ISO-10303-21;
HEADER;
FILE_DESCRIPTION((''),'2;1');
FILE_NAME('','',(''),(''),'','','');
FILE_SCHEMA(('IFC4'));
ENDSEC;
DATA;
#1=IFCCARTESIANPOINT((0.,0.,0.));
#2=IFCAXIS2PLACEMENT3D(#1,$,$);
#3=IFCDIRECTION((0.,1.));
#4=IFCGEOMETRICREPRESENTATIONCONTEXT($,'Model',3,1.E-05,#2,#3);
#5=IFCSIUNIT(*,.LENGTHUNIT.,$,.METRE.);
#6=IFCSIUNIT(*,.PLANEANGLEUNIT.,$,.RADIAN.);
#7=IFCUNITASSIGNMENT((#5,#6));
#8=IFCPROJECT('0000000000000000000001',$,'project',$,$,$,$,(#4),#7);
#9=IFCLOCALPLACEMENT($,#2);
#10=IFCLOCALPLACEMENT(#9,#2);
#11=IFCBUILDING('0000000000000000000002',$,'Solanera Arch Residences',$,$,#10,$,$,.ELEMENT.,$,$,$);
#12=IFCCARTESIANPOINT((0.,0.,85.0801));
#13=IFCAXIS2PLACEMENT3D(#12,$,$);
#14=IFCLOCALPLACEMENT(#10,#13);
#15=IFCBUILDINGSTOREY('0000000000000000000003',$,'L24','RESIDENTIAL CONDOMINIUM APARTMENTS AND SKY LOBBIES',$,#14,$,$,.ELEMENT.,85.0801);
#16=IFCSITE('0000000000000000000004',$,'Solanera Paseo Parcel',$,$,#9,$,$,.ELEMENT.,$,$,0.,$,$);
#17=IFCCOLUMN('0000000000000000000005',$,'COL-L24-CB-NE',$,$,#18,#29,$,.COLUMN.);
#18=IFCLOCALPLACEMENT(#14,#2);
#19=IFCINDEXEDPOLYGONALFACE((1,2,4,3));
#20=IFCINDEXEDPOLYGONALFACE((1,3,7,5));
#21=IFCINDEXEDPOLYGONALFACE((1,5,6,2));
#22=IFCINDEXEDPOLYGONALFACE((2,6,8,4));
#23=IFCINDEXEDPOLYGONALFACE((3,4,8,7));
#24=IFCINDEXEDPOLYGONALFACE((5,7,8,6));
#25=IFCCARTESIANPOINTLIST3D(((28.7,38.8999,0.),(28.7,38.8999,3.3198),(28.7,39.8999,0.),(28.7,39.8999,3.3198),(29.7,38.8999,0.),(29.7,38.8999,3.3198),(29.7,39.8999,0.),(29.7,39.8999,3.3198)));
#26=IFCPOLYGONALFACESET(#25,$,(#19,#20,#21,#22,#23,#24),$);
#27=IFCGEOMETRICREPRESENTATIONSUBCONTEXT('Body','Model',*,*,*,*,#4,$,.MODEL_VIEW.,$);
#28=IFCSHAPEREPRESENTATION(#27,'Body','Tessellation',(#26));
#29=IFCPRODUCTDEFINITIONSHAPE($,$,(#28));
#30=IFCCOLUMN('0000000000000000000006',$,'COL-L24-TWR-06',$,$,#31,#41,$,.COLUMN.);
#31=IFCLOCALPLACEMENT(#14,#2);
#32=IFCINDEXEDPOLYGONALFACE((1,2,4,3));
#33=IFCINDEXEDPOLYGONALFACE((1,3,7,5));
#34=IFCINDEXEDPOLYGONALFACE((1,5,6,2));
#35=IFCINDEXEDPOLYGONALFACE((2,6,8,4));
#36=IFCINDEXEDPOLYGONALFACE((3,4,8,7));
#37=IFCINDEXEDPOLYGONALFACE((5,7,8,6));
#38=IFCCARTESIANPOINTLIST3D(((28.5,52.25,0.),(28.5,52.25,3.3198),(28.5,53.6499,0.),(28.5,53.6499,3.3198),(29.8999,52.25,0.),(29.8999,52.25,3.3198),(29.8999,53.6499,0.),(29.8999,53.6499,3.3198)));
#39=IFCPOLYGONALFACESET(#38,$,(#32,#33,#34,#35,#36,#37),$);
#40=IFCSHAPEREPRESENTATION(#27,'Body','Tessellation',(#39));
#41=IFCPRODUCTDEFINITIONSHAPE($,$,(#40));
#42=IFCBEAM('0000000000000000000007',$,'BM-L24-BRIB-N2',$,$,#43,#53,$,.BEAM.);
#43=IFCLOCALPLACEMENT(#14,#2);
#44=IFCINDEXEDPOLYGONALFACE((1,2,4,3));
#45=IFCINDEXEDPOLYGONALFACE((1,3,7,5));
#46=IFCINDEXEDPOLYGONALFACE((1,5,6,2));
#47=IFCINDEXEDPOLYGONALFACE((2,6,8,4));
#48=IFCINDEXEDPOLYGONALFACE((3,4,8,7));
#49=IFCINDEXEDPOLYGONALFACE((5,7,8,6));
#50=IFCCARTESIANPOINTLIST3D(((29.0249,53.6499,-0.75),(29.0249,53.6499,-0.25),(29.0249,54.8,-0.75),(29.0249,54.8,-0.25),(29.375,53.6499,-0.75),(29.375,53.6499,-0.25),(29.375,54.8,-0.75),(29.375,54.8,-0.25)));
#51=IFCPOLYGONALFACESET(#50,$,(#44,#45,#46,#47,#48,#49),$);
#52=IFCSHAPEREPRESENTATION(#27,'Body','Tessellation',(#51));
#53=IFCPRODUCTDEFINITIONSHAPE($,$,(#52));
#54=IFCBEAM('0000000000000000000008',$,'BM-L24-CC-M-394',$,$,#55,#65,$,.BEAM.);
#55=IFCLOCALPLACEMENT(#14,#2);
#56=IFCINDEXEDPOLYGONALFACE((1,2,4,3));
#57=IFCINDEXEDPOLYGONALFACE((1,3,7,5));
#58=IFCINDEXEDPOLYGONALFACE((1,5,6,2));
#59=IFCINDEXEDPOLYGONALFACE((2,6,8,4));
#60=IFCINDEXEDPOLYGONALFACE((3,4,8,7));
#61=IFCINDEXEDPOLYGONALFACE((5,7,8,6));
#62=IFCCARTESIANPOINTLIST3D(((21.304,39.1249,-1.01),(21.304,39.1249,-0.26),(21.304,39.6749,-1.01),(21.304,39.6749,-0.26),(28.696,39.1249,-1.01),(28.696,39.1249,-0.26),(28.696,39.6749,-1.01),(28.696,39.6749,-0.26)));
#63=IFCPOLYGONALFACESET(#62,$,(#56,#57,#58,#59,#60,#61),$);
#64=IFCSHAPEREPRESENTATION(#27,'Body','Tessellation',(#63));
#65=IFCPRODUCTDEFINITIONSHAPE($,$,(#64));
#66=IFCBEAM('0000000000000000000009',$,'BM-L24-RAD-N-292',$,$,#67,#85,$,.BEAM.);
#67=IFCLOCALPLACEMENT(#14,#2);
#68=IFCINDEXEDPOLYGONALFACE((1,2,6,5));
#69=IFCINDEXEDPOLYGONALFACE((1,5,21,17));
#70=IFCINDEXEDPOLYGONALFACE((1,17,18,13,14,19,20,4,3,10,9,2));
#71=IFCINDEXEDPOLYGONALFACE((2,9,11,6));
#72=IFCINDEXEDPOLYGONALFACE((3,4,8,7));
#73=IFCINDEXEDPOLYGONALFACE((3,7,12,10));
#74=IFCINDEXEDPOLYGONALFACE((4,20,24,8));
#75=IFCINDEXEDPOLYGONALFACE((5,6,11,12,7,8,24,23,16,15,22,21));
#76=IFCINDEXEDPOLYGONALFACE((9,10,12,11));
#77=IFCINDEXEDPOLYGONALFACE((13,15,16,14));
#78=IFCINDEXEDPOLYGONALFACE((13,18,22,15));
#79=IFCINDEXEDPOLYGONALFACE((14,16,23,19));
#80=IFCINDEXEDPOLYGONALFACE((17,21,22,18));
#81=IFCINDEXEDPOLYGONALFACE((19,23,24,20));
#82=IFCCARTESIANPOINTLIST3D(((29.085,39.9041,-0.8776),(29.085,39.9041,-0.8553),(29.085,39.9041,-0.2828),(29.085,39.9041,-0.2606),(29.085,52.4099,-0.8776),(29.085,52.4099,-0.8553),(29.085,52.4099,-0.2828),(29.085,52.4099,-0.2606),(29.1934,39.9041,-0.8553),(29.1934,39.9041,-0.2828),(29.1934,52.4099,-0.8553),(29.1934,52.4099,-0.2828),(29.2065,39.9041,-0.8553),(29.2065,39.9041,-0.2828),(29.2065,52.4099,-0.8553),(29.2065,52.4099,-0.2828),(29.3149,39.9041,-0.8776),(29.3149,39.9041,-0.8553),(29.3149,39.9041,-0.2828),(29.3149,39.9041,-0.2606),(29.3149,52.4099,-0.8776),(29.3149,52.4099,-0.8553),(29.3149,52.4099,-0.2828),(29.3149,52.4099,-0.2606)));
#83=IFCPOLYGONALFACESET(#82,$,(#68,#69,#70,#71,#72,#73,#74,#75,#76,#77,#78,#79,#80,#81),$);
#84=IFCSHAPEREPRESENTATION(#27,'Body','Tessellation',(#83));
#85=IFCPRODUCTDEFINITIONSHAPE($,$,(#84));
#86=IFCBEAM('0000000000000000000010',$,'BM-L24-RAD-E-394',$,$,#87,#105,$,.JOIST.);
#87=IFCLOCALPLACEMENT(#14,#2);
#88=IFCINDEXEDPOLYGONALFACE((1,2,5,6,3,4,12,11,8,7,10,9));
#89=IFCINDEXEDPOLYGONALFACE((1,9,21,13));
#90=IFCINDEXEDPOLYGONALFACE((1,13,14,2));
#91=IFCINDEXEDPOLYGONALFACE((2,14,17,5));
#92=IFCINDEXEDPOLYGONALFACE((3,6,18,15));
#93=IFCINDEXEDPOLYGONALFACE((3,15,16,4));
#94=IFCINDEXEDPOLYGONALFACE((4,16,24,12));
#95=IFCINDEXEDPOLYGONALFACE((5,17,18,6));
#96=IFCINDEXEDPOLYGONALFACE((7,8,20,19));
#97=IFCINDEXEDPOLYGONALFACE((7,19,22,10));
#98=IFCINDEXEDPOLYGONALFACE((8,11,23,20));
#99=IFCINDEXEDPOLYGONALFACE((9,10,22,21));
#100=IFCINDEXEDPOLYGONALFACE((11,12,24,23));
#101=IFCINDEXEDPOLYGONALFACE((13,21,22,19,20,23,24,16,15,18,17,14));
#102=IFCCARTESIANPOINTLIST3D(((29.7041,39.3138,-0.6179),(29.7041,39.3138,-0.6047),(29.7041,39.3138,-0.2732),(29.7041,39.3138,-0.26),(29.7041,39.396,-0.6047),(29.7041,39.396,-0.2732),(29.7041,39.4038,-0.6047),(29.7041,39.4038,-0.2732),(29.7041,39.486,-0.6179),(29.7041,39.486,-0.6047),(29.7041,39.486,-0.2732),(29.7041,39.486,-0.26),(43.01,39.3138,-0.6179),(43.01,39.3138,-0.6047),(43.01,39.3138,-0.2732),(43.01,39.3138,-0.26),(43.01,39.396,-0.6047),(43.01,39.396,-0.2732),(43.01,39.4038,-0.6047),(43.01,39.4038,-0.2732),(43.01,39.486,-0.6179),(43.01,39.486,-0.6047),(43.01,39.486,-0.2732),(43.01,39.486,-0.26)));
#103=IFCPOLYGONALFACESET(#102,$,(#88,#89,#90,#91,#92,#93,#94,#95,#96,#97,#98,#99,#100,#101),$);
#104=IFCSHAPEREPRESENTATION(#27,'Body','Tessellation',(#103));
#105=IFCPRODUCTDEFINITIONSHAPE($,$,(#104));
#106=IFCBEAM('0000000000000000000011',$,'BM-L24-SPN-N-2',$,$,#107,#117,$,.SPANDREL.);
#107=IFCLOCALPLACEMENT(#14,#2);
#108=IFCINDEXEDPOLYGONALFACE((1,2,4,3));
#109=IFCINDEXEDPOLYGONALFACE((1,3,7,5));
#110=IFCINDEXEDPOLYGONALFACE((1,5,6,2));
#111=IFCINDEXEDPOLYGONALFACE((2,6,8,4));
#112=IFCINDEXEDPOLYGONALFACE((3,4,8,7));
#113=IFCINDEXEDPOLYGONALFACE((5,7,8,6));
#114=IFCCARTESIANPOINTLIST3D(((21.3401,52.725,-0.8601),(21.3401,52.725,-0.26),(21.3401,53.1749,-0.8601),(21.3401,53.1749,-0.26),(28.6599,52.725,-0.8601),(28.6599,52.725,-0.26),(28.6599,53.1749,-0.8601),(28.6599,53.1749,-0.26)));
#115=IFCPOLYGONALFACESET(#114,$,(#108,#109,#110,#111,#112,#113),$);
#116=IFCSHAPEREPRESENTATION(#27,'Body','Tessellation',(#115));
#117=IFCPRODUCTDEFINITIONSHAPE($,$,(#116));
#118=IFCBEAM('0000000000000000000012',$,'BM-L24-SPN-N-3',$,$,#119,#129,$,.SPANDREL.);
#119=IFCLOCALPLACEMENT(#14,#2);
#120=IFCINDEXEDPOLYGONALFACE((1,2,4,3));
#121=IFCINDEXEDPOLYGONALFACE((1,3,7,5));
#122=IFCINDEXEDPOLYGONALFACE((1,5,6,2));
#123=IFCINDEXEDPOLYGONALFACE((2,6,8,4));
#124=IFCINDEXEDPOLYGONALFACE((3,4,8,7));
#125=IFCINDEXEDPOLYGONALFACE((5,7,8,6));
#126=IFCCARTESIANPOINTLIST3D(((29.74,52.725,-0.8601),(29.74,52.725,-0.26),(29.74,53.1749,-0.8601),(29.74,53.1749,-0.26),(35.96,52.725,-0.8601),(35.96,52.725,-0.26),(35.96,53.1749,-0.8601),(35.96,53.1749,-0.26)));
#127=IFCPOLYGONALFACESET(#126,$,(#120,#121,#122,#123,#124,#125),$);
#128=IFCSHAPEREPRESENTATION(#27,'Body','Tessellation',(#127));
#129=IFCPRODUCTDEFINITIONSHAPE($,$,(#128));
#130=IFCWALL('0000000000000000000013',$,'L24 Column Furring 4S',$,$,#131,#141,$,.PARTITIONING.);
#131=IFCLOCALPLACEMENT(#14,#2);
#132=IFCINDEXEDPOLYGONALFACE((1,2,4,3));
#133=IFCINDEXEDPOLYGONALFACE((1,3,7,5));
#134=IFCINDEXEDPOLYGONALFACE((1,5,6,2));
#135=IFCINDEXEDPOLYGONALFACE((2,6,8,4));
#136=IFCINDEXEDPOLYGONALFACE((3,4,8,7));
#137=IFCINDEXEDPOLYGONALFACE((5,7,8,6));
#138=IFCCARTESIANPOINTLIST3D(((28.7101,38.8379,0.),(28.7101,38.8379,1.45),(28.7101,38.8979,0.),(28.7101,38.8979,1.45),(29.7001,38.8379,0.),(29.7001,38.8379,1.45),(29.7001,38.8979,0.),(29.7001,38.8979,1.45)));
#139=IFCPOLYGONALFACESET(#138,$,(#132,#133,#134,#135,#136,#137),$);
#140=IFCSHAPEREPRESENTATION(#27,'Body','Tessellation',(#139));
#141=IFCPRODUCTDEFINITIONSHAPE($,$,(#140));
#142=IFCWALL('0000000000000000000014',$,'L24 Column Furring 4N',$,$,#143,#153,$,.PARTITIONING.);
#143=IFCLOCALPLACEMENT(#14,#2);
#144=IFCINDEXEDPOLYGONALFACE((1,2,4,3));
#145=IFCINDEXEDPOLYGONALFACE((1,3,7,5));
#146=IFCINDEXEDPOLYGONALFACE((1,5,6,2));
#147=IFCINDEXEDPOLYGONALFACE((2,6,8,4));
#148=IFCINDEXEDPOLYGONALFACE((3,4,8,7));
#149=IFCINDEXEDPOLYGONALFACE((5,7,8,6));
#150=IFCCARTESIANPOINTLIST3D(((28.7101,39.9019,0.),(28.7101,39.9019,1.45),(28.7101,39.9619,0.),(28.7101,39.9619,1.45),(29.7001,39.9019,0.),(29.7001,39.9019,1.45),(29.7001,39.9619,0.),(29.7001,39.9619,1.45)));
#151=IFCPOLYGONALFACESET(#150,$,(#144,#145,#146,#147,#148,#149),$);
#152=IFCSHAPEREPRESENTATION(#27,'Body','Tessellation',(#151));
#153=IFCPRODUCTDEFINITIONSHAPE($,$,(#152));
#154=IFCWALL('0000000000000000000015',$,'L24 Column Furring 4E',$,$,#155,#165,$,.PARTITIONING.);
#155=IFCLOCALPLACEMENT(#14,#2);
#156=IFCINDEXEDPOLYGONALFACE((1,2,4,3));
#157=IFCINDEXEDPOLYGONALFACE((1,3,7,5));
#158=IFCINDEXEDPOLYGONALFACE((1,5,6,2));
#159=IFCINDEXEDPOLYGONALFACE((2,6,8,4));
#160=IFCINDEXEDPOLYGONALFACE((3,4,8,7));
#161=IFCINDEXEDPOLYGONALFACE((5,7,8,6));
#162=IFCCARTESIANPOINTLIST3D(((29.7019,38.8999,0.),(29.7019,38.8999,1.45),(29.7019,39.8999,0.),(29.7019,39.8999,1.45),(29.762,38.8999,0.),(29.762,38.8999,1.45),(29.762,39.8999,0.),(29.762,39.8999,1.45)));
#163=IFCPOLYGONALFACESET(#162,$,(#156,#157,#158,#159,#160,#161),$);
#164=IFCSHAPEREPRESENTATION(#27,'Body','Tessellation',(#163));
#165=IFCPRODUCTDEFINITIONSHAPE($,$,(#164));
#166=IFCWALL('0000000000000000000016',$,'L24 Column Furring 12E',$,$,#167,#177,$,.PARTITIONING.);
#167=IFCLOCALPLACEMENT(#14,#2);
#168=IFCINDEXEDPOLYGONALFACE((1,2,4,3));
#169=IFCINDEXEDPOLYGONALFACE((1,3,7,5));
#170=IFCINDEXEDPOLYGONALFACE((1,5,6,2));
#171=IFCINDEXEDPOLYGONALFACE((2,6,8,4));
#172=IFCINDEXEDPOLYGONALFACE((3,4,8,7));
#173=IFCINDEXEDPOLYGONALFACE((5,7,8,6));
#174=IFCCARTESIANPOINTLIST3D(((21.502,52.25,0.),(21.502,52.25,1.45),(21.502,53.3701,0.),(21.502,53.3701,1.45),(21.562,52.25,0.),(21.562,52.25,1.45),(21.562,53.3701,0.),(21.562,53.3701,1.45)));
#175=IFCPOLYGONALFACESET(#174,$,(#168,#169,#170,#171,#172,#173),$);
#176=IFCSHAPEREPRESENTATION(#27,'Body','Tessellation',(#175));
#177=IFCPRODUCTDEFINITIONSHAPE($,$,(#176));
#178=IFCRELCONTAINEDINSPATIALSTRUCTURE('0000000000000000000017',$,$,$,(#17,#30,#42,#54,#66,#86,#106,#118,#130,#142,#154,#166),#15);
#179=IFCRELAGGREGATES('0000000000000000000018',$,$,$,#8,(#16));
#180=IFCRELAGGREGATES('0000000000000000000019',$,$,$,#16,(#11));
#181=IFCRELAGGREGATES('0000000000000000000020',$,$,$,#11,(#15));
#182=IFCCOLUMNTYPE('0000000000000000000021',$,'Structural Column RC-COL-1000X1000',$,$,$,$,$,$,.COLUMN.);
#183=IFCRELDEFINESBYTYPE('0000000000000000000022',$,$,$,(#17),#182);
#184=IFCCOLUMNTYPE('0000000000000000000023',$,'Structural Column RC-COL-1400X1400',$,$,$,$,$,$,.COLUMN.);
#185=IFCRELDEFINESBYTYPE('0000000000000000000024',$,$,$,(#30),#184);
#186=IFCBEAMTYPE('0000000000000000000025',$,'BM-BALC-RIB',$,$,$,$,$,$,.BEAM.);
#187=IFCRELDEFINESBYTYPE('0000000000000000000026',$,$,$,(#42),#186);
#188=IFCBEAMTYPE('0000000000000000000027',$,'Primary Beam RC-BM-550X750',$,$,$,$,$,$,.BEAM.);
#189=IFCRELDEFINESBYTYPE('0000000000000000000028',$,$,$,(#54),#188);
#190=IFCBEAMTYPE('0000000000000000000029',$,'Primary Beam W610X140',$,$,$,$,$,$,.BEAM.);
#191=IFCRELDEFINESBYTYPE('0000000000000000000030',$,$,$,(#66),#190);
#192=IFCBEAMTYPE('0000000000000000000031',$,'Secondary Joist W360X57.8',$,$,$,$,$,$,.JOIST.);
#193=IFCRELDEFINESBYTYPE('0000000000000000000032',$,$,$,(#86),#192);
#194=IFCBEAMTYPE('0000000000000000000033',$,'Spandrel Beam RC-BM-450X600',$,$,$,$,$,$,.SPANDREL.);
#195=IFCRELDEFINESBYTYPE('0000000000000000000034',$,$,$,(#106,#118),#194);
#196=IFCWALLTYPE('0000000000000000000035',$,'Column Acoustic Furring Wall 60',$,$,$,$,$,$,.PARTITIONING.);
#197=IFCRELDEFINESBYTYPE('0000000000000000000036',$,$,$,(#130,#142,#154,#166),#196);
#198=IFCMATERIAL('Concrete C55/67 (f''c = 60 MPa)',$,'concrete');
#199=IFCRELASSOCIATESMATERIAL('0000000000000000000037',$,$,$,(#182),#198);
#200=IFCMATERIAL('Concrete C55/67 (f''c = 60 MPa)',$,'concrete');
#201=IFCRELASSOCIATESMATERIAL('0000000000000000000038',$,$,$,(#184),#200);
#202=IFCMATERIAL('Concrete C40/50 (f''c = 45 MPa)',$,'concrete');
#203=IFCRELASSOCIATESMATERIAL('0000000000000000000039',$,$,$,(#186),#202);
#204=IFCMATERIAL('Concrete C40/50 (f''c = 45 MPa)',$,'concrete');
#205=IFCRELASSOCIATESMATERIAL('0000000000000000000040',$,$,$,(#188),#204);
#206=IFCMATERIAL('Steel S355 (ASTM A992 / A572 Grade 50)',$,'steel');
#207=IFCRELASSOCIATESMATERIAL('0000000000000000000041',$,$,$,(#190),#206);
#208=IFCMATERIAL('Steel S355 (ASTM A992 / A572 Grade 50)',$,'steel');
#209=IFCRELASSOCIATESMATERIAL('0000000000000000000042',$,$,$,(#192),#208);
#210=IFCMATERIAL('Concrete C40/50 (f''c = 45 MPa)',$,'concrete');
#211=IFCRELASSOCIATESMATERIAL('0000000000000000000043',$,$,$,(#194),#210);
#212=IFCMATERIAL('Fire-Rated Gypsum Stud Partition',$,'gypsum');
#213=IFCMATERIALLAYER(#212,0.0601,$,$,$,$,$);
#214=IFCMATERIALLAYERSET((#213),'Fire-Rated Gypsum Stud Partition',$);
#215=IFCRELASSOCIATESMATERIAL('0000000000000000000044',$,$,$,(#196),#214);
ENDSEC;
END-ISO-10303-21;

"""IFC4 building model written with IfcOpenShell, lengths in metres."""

from ifc_helpers import new_model, si_unit, direction, frame, frame_2d, origin, origin_2d, place, context, subcontext, project, spatial, rectangle, i_section, extrude, material, layer, layer_set, material_profile, profile_set, type_object, element, save


model = new_model("IFC4")

# Units and contexts
model_context = context("Model", 3, precision=1e-05, world=origin(), true_north=direction((0.0, 1.0)))
body_context = subcontext(model_context, "Body", "Model", "MODEL_VIEW")
ifc_project = project(units=[si_unit("LENGTHUNIT", "METRE"), si_unit("PLANEANGLEUNIT", "RADIAN")], contexts=[model_context])

# Site, building, storey
site_placement = place(None, origin())
site = spatial("IfcSite", under=ifc_project, at=site_placement, Name="Solanera Paseo Parcel", CompositionType="ELEMENT", RefElevation=0.0)
building_placement = place(site_placement, origin())
building = spatial("IfcBuilding", under=site, at=building_placement, Name="Solanera Arch Residences", CompositionType="ELEMENT")
storey_placement = place(building_placement, frame((0.0, 0.0, 85.0801)))
storey = spatial("IfcBuildingStorey", under=building, at=storey_placement, Name="L24", Description="RESIDENTIAL CONDOMINIUM APARTMENTS AND SKY LOBBIES", CompositionType="ELEMENT", Elevation=85.0801)

# Columns
ifc_material_1 = material(Name="Concrete C55/67 (f'c = 60 MPa)", Category="concrete")
ifc_material_profile_1 = material_profile(ifc_material_1, rectangle(XDim=1.0, YDim=1.0, at=origin_2d()))
ifc_profile_set_1 = profile_set([ifc_material_profile_1], Name="Concrete C55/67 (f'c = 60 MPa)")
column_type_1 = type_object("IfcColumnType", Name="Structural Column RC-COL-1000X1000", PredefinedType="COLUMN", material=ifc_profile_set_1)
column_1_placement = place(storey_placement, frame((29.2, 39.3999, 0.0), z_axis=(0.0, 0.0, 1.0), x_axis=(1.0, 0.0, 0.0)))
element("IfcColumn", 1, at=column_1_placement, inside=storey, type_object=column_type_1, Name="COL-L24-CB-NE", PredefinedType="COLUMN", context=body_context, shape_type="SweptSolid", body=[
    extrude(rectangle(XDim=1.0, YDim=1.0, at=origin_2d()), origin(), (0.0, 0.0, 1.0), 3.3198),
])
ifc_material_2 = material(Name="Concrete C55/67 (f'c = 60 MPa)", Category="concrete")
ifc_material_profile_2 = material_profile(ifc_material_2, rectangle(XDim=1.3999, YDim=1.3999, at=origin_2d()))
ifc_profile_set_2 = profile_set([ifc_material_profile_2], Name="Concrete C55/67 (f'c = 60 MPa)")
column_type_2 = type_object("IfcColumnType", Name="Structural Column RC-COL-1400X1400", PredefinedType="COLUMN", material=ifc_profile_set_2)
column_2_placement = place(storey_placement, frame((29.2, 52.95, 0.0), z_axis=(0.0, 0.0, 1.0), x_axis=(1.0, 0.0, 0.0)))
element("IfcColumn", 2, at=column_2_placement, inside=storey, type_object=column_type_2, Name="COL-L24-TWR-06", PredefinedType="COLUMN", context=body_context, shape_type="SweptSolid", body=[
    extrude(rectangle(XDim=1.3999, YDim=1.3999, at=origin_2d()), origin(), (0.0, 0.0, 1.0), 3.3198),
])

# Beams
ifc_material_3 = material(Name="Concrete C40/50 (f'c = 45 MPa)", Category="concrete")
ifc_material_profile_3 = material_profile(ifc_material_3, rectangle(XDim=0.3501, YDim=0.5, at=origin_2d()))
ifc_profile_set_3 = profile_set([ifc_material_profile_3], Name="Concrete C40/50 (f'c = 45 MPa)")
beam_type_1 = type_object("IfcBeamType", Name="BM-BALC-RIB", PredefinedType="BEAM", material=ifc_profile_set_3)
beam_1_placement = place(storey_placement, frame((29.2, 53.6499, -0.5), z_axis=(0.0, 1.0, 0.0), x_axis=(-1.0, 0.0, 0.0)))
element("IfcBeam", 3, at=beam_1_placement, inside=storey, type_object=beam_type_1, Name="BM-L24-BRIB-N2", PredefinedType="BEAM", context=body_context, shape_type="SweptSolid", body=[
    extrude(rectangle(XDim=0.3501, YDim=0.5, at=origin_2d()), origin(), (0.0, 0.0, 1.0), 1.1501),
])
ifc_material_4 = material(Name="Concrete C40/50 (f'c = 45 MPa)", Category="concrete")
ifc_material_profile_4 = material_profile(ifc_material_4, rectangle(XDim=0.55, YDim=0.75, at=origin_2d()))
ifc_profile_set_4 = profile_set([ifc_material_profile_4], Name="Concrete C40/50 (f'c = 45 MPa)")
beam_type_2 = type_object("IfcBeamType", Name="Primary Beam RC-BM-550X750", PredefinedType="BEAM", material=ifc_profile_set_4)
beam_2_placement = place(storey_placement, frame((21.304, 39.3999, -0.635), z_axis=(1.0, 0.0, 0.0), x_axis=(0.0, 1.0, 0.0)))
element("IfcBeam", 4, at=beam_2_placement, inside=storey, type_object=beam_type_2, Name="BM-L24-CC-M-394", PredefinedType="BEAM", context=body_context, shape_type="SweptSolid", body=[
    extrude(rectangle(XDim=0.55, YDim=0.75, at=origin_2d()), origin(), (0.0, 0.0, 1.0), 7.3921),
])
ifc_material_5 = material(Name="Steel S355 (ASTM A992 / A572 Grade 50)", Category="steel")
ifc_material_profile_5 = material_profile(ifc_material_5, i_section(OverallWidth=0.23, OverallDepth=0.6169, WebThickness=0.0132, FlangeThickness=0.0222, at=origin_2d()))
ifc_profile_set_5 = profile_set([ifc_material_profile_5], Name="Steel S355 (ASTM A992 / A572 Grade 50)")
beam_type_3 = type_object("IfcBeamType", Name="Primary Beam W610X140", PredefinedType="BEAM", material=ifc_profile_set_5)
beam_3_placement = place(storey_placement, frame((29.2, 39.9041, -0.5691), z_axis=(0.0, 1.0, 0.0), x_axis=(-1.0, 0.0, 0.0)))
element("IfcBeam", 5, at=beam_3_placement, inside=storey, type_object=beam_type_3, Name="BM-L24-RAD-N-292", PredefinedType="BEAM", context=body_context, shape_type="SweptSolid", body=[
    extrude(i_section(OverallWidth=0.23, OverallDepth=0.6169, WebThickness=0.0132, FlangeThickness=0.0222, at=origin_2d()), origin(), (0.0, 0.0, 1.0), 12.5059),
])
ifc_material_6 = material(Name="Steel S355 (ASTM A992 / A572 Grade 50)", Category="steel")
ifc_material_profile_6 = material_profile(ifc_material_6, i_section(OverallWidth=0.1721, OverallDepth=0.3579, WebThickness=0.0078, FlangeThickness=0.0132, at=origin_2d()))
ifc_profile_set_6 = profile_set([ifc_material_profile_6], Name="Steel S355 (ASTM A992 / A572 Grade 50)")
beam_type_4 = type_object("IfcBeamType", Name="Secondary Joist W360X57.8", PredefinedType="JOIST", material=ifc_profile_set_6)
beam_4_placement = place(storey_placement, frame((29.7041, 39.3999, -0.439), z_axis=(1.0, 0.0, 0.0), x_axis=(0.0, 1.0, 0.0)))
element("IfcBeam", 6, at=beam_4_placement, inside=storey, type_object=beam_type_4, Name="BM-L24-RAD-E-394", PredefinedType="JOIST", context=body_context, shape_type="SweptSolid", body=[
    extrude(i_section(OverallWidth=0.1721, OverallDepth=0.3579, WebThickness=0.0078, FlangeThickness=0.0132, at=origin_2d()), origin(), (0.0, 0.0, 1.0), 13.3059),
])
ifc_material_7 = material(Name="Concrete C40/50 (f'c = 45 MPa)", Category="concrete")
ifc_material_profile_7 = material_profile(ifc_material_7, rectangle(XDim=0.45, YDim=0.6001, at=origin_2d()))
ifc_profile_set_7 = profile_set([ifc_material_profile_7], Name="Concrete C40/50 (f'c = 45 MPa)")
beam_type_5 = type_object("IfcBeamType", Name="Spandrel Beam RC-BM-450X600", PredefinedType="SPANDREL", material=ifc_profile_set_7)
beam_5_placement = place(storey_placement, frame((21.3401, 52.95, -0.5601), z_axis=(1.0, 0.0, 0.0), x_axis=(0.0, 1.0, 0.0)))
element("IfcBeam", 7, at=beam_5_placement, inside=storey, type_object=beam_type_5, Name="BM-L24-SPN-N-2", PredefinedType="SPANDREL", context=body_context, shape_type="SweptSolid", body=[
    extrude(rectangle(XDim=0.45, YDim=0.6001, at=origin_2d()), origin(), (0.0, 0.0, 1.0), 7.3198),
])
beam_6_placement = place(storey_placement, frame((29.74, 52.95, -0.5601), z_axis=(1.0, 0.0, 0.0), x_axis=(0.0, 1.0, 0.0)))
element("IfcBeam", 8, at=beam_6_placement, inside=storey, type_object=beam_type_5, Name="BM-L24-SPN-N-3", PredefinedType="SPANDREL", context=body_context, shape_type="SweptSolid", body=[
    extrude(rectangle(XDim=0.45, YDim=0.6001, at=origin_2d()), origin(), (0.0, 0.0, 1.0), 6.22),
])

# Walls
ifc_material_8 = material(Name="Fire-Rated Gypsum Stud Partition", Category="gypsum")
ifc_layer_1 = layer(ifc_material_8, 0.0601)
ifc_layer_set_1 = layer_set([ifc_layer_1], Name="Fire-Rated Gypsum Stud Partition")
wall_type_1 = type_object("IfcWallType", Name="Column Acoustic Furring Wall 60", PredefinedType="PARTITIONING", material=ifc_layer_set_1)
for number, where, z_axis, x_axis, name in (
    (9, (28.71, 38.8679, 0.0), (0.0, 0.0, 1.0), (1.0, 0.0, 0.0), "L24 Column Furring 4S"),
    (10, (28.71, 39.9319, 0.0), (0.0, 0.0, 1.0), (1.0, 0.0, 0.0), "L24 Column Furring 4N"),
):
    element("IfcWall", number, at=place(storey_placement, frame(where, z_axis=z_axis, x_axis=x_axis)), inside=storey, type_object=wall_type_1, Name=name, PredefinedType="PARTITIONING", context=body_context, shape_type="SweptSolid", body=[
        extrude(rectangle(XDim=0.99, YDim=0.0601, at=frame_2d((0.4951, 0.0))), origin(), (0.0, 0.0, 1.0), 1.45),
    ])
wall_1_placement = place(storey_placement, frame((29.7319, 38.8999, 0.0), z_axis=(0.0, 0.0, 1.0), x_axis=(0.0, 1.0, 0.0)))
element("IfcWall", 11, at=wall_1_placement, inside=storey, type_object=wall_type_1, Name="L24 Column Furring 4E", PredefinedType="PARTITIONING", context=body_context, shape_type="SweptSolid", body=[
    extrude(rectangle(XDim=1.0, YDim=0.0601, at=frame_2d((0.5, 0.0))), origin(), (0.0, 0.0, 1.0), 1.45),
])
wall_2_placement = place(storey_placement, frame((21.532, 52.25, 0.0), z_axis=(0.0, 0.0, 1.0), x_axis=(0.0, 1.0, 0.0)))
element("IfcWall", 12, at=wall_2_placement, inside=storey, type_object=wall_type_1, Name="L24 Column Furring 12E", PredefinedType="PARTITIONING", context=body_context, shape_type="SweptSolid", body=[
    extrude(rectangle(XDim=1.1201, YDim=0.0601, at=frame_2d((0.5601, 0.0))), origin(), (0.0, 0.0, 1.0), 1.45),
])

save(model, "model.ifc")
